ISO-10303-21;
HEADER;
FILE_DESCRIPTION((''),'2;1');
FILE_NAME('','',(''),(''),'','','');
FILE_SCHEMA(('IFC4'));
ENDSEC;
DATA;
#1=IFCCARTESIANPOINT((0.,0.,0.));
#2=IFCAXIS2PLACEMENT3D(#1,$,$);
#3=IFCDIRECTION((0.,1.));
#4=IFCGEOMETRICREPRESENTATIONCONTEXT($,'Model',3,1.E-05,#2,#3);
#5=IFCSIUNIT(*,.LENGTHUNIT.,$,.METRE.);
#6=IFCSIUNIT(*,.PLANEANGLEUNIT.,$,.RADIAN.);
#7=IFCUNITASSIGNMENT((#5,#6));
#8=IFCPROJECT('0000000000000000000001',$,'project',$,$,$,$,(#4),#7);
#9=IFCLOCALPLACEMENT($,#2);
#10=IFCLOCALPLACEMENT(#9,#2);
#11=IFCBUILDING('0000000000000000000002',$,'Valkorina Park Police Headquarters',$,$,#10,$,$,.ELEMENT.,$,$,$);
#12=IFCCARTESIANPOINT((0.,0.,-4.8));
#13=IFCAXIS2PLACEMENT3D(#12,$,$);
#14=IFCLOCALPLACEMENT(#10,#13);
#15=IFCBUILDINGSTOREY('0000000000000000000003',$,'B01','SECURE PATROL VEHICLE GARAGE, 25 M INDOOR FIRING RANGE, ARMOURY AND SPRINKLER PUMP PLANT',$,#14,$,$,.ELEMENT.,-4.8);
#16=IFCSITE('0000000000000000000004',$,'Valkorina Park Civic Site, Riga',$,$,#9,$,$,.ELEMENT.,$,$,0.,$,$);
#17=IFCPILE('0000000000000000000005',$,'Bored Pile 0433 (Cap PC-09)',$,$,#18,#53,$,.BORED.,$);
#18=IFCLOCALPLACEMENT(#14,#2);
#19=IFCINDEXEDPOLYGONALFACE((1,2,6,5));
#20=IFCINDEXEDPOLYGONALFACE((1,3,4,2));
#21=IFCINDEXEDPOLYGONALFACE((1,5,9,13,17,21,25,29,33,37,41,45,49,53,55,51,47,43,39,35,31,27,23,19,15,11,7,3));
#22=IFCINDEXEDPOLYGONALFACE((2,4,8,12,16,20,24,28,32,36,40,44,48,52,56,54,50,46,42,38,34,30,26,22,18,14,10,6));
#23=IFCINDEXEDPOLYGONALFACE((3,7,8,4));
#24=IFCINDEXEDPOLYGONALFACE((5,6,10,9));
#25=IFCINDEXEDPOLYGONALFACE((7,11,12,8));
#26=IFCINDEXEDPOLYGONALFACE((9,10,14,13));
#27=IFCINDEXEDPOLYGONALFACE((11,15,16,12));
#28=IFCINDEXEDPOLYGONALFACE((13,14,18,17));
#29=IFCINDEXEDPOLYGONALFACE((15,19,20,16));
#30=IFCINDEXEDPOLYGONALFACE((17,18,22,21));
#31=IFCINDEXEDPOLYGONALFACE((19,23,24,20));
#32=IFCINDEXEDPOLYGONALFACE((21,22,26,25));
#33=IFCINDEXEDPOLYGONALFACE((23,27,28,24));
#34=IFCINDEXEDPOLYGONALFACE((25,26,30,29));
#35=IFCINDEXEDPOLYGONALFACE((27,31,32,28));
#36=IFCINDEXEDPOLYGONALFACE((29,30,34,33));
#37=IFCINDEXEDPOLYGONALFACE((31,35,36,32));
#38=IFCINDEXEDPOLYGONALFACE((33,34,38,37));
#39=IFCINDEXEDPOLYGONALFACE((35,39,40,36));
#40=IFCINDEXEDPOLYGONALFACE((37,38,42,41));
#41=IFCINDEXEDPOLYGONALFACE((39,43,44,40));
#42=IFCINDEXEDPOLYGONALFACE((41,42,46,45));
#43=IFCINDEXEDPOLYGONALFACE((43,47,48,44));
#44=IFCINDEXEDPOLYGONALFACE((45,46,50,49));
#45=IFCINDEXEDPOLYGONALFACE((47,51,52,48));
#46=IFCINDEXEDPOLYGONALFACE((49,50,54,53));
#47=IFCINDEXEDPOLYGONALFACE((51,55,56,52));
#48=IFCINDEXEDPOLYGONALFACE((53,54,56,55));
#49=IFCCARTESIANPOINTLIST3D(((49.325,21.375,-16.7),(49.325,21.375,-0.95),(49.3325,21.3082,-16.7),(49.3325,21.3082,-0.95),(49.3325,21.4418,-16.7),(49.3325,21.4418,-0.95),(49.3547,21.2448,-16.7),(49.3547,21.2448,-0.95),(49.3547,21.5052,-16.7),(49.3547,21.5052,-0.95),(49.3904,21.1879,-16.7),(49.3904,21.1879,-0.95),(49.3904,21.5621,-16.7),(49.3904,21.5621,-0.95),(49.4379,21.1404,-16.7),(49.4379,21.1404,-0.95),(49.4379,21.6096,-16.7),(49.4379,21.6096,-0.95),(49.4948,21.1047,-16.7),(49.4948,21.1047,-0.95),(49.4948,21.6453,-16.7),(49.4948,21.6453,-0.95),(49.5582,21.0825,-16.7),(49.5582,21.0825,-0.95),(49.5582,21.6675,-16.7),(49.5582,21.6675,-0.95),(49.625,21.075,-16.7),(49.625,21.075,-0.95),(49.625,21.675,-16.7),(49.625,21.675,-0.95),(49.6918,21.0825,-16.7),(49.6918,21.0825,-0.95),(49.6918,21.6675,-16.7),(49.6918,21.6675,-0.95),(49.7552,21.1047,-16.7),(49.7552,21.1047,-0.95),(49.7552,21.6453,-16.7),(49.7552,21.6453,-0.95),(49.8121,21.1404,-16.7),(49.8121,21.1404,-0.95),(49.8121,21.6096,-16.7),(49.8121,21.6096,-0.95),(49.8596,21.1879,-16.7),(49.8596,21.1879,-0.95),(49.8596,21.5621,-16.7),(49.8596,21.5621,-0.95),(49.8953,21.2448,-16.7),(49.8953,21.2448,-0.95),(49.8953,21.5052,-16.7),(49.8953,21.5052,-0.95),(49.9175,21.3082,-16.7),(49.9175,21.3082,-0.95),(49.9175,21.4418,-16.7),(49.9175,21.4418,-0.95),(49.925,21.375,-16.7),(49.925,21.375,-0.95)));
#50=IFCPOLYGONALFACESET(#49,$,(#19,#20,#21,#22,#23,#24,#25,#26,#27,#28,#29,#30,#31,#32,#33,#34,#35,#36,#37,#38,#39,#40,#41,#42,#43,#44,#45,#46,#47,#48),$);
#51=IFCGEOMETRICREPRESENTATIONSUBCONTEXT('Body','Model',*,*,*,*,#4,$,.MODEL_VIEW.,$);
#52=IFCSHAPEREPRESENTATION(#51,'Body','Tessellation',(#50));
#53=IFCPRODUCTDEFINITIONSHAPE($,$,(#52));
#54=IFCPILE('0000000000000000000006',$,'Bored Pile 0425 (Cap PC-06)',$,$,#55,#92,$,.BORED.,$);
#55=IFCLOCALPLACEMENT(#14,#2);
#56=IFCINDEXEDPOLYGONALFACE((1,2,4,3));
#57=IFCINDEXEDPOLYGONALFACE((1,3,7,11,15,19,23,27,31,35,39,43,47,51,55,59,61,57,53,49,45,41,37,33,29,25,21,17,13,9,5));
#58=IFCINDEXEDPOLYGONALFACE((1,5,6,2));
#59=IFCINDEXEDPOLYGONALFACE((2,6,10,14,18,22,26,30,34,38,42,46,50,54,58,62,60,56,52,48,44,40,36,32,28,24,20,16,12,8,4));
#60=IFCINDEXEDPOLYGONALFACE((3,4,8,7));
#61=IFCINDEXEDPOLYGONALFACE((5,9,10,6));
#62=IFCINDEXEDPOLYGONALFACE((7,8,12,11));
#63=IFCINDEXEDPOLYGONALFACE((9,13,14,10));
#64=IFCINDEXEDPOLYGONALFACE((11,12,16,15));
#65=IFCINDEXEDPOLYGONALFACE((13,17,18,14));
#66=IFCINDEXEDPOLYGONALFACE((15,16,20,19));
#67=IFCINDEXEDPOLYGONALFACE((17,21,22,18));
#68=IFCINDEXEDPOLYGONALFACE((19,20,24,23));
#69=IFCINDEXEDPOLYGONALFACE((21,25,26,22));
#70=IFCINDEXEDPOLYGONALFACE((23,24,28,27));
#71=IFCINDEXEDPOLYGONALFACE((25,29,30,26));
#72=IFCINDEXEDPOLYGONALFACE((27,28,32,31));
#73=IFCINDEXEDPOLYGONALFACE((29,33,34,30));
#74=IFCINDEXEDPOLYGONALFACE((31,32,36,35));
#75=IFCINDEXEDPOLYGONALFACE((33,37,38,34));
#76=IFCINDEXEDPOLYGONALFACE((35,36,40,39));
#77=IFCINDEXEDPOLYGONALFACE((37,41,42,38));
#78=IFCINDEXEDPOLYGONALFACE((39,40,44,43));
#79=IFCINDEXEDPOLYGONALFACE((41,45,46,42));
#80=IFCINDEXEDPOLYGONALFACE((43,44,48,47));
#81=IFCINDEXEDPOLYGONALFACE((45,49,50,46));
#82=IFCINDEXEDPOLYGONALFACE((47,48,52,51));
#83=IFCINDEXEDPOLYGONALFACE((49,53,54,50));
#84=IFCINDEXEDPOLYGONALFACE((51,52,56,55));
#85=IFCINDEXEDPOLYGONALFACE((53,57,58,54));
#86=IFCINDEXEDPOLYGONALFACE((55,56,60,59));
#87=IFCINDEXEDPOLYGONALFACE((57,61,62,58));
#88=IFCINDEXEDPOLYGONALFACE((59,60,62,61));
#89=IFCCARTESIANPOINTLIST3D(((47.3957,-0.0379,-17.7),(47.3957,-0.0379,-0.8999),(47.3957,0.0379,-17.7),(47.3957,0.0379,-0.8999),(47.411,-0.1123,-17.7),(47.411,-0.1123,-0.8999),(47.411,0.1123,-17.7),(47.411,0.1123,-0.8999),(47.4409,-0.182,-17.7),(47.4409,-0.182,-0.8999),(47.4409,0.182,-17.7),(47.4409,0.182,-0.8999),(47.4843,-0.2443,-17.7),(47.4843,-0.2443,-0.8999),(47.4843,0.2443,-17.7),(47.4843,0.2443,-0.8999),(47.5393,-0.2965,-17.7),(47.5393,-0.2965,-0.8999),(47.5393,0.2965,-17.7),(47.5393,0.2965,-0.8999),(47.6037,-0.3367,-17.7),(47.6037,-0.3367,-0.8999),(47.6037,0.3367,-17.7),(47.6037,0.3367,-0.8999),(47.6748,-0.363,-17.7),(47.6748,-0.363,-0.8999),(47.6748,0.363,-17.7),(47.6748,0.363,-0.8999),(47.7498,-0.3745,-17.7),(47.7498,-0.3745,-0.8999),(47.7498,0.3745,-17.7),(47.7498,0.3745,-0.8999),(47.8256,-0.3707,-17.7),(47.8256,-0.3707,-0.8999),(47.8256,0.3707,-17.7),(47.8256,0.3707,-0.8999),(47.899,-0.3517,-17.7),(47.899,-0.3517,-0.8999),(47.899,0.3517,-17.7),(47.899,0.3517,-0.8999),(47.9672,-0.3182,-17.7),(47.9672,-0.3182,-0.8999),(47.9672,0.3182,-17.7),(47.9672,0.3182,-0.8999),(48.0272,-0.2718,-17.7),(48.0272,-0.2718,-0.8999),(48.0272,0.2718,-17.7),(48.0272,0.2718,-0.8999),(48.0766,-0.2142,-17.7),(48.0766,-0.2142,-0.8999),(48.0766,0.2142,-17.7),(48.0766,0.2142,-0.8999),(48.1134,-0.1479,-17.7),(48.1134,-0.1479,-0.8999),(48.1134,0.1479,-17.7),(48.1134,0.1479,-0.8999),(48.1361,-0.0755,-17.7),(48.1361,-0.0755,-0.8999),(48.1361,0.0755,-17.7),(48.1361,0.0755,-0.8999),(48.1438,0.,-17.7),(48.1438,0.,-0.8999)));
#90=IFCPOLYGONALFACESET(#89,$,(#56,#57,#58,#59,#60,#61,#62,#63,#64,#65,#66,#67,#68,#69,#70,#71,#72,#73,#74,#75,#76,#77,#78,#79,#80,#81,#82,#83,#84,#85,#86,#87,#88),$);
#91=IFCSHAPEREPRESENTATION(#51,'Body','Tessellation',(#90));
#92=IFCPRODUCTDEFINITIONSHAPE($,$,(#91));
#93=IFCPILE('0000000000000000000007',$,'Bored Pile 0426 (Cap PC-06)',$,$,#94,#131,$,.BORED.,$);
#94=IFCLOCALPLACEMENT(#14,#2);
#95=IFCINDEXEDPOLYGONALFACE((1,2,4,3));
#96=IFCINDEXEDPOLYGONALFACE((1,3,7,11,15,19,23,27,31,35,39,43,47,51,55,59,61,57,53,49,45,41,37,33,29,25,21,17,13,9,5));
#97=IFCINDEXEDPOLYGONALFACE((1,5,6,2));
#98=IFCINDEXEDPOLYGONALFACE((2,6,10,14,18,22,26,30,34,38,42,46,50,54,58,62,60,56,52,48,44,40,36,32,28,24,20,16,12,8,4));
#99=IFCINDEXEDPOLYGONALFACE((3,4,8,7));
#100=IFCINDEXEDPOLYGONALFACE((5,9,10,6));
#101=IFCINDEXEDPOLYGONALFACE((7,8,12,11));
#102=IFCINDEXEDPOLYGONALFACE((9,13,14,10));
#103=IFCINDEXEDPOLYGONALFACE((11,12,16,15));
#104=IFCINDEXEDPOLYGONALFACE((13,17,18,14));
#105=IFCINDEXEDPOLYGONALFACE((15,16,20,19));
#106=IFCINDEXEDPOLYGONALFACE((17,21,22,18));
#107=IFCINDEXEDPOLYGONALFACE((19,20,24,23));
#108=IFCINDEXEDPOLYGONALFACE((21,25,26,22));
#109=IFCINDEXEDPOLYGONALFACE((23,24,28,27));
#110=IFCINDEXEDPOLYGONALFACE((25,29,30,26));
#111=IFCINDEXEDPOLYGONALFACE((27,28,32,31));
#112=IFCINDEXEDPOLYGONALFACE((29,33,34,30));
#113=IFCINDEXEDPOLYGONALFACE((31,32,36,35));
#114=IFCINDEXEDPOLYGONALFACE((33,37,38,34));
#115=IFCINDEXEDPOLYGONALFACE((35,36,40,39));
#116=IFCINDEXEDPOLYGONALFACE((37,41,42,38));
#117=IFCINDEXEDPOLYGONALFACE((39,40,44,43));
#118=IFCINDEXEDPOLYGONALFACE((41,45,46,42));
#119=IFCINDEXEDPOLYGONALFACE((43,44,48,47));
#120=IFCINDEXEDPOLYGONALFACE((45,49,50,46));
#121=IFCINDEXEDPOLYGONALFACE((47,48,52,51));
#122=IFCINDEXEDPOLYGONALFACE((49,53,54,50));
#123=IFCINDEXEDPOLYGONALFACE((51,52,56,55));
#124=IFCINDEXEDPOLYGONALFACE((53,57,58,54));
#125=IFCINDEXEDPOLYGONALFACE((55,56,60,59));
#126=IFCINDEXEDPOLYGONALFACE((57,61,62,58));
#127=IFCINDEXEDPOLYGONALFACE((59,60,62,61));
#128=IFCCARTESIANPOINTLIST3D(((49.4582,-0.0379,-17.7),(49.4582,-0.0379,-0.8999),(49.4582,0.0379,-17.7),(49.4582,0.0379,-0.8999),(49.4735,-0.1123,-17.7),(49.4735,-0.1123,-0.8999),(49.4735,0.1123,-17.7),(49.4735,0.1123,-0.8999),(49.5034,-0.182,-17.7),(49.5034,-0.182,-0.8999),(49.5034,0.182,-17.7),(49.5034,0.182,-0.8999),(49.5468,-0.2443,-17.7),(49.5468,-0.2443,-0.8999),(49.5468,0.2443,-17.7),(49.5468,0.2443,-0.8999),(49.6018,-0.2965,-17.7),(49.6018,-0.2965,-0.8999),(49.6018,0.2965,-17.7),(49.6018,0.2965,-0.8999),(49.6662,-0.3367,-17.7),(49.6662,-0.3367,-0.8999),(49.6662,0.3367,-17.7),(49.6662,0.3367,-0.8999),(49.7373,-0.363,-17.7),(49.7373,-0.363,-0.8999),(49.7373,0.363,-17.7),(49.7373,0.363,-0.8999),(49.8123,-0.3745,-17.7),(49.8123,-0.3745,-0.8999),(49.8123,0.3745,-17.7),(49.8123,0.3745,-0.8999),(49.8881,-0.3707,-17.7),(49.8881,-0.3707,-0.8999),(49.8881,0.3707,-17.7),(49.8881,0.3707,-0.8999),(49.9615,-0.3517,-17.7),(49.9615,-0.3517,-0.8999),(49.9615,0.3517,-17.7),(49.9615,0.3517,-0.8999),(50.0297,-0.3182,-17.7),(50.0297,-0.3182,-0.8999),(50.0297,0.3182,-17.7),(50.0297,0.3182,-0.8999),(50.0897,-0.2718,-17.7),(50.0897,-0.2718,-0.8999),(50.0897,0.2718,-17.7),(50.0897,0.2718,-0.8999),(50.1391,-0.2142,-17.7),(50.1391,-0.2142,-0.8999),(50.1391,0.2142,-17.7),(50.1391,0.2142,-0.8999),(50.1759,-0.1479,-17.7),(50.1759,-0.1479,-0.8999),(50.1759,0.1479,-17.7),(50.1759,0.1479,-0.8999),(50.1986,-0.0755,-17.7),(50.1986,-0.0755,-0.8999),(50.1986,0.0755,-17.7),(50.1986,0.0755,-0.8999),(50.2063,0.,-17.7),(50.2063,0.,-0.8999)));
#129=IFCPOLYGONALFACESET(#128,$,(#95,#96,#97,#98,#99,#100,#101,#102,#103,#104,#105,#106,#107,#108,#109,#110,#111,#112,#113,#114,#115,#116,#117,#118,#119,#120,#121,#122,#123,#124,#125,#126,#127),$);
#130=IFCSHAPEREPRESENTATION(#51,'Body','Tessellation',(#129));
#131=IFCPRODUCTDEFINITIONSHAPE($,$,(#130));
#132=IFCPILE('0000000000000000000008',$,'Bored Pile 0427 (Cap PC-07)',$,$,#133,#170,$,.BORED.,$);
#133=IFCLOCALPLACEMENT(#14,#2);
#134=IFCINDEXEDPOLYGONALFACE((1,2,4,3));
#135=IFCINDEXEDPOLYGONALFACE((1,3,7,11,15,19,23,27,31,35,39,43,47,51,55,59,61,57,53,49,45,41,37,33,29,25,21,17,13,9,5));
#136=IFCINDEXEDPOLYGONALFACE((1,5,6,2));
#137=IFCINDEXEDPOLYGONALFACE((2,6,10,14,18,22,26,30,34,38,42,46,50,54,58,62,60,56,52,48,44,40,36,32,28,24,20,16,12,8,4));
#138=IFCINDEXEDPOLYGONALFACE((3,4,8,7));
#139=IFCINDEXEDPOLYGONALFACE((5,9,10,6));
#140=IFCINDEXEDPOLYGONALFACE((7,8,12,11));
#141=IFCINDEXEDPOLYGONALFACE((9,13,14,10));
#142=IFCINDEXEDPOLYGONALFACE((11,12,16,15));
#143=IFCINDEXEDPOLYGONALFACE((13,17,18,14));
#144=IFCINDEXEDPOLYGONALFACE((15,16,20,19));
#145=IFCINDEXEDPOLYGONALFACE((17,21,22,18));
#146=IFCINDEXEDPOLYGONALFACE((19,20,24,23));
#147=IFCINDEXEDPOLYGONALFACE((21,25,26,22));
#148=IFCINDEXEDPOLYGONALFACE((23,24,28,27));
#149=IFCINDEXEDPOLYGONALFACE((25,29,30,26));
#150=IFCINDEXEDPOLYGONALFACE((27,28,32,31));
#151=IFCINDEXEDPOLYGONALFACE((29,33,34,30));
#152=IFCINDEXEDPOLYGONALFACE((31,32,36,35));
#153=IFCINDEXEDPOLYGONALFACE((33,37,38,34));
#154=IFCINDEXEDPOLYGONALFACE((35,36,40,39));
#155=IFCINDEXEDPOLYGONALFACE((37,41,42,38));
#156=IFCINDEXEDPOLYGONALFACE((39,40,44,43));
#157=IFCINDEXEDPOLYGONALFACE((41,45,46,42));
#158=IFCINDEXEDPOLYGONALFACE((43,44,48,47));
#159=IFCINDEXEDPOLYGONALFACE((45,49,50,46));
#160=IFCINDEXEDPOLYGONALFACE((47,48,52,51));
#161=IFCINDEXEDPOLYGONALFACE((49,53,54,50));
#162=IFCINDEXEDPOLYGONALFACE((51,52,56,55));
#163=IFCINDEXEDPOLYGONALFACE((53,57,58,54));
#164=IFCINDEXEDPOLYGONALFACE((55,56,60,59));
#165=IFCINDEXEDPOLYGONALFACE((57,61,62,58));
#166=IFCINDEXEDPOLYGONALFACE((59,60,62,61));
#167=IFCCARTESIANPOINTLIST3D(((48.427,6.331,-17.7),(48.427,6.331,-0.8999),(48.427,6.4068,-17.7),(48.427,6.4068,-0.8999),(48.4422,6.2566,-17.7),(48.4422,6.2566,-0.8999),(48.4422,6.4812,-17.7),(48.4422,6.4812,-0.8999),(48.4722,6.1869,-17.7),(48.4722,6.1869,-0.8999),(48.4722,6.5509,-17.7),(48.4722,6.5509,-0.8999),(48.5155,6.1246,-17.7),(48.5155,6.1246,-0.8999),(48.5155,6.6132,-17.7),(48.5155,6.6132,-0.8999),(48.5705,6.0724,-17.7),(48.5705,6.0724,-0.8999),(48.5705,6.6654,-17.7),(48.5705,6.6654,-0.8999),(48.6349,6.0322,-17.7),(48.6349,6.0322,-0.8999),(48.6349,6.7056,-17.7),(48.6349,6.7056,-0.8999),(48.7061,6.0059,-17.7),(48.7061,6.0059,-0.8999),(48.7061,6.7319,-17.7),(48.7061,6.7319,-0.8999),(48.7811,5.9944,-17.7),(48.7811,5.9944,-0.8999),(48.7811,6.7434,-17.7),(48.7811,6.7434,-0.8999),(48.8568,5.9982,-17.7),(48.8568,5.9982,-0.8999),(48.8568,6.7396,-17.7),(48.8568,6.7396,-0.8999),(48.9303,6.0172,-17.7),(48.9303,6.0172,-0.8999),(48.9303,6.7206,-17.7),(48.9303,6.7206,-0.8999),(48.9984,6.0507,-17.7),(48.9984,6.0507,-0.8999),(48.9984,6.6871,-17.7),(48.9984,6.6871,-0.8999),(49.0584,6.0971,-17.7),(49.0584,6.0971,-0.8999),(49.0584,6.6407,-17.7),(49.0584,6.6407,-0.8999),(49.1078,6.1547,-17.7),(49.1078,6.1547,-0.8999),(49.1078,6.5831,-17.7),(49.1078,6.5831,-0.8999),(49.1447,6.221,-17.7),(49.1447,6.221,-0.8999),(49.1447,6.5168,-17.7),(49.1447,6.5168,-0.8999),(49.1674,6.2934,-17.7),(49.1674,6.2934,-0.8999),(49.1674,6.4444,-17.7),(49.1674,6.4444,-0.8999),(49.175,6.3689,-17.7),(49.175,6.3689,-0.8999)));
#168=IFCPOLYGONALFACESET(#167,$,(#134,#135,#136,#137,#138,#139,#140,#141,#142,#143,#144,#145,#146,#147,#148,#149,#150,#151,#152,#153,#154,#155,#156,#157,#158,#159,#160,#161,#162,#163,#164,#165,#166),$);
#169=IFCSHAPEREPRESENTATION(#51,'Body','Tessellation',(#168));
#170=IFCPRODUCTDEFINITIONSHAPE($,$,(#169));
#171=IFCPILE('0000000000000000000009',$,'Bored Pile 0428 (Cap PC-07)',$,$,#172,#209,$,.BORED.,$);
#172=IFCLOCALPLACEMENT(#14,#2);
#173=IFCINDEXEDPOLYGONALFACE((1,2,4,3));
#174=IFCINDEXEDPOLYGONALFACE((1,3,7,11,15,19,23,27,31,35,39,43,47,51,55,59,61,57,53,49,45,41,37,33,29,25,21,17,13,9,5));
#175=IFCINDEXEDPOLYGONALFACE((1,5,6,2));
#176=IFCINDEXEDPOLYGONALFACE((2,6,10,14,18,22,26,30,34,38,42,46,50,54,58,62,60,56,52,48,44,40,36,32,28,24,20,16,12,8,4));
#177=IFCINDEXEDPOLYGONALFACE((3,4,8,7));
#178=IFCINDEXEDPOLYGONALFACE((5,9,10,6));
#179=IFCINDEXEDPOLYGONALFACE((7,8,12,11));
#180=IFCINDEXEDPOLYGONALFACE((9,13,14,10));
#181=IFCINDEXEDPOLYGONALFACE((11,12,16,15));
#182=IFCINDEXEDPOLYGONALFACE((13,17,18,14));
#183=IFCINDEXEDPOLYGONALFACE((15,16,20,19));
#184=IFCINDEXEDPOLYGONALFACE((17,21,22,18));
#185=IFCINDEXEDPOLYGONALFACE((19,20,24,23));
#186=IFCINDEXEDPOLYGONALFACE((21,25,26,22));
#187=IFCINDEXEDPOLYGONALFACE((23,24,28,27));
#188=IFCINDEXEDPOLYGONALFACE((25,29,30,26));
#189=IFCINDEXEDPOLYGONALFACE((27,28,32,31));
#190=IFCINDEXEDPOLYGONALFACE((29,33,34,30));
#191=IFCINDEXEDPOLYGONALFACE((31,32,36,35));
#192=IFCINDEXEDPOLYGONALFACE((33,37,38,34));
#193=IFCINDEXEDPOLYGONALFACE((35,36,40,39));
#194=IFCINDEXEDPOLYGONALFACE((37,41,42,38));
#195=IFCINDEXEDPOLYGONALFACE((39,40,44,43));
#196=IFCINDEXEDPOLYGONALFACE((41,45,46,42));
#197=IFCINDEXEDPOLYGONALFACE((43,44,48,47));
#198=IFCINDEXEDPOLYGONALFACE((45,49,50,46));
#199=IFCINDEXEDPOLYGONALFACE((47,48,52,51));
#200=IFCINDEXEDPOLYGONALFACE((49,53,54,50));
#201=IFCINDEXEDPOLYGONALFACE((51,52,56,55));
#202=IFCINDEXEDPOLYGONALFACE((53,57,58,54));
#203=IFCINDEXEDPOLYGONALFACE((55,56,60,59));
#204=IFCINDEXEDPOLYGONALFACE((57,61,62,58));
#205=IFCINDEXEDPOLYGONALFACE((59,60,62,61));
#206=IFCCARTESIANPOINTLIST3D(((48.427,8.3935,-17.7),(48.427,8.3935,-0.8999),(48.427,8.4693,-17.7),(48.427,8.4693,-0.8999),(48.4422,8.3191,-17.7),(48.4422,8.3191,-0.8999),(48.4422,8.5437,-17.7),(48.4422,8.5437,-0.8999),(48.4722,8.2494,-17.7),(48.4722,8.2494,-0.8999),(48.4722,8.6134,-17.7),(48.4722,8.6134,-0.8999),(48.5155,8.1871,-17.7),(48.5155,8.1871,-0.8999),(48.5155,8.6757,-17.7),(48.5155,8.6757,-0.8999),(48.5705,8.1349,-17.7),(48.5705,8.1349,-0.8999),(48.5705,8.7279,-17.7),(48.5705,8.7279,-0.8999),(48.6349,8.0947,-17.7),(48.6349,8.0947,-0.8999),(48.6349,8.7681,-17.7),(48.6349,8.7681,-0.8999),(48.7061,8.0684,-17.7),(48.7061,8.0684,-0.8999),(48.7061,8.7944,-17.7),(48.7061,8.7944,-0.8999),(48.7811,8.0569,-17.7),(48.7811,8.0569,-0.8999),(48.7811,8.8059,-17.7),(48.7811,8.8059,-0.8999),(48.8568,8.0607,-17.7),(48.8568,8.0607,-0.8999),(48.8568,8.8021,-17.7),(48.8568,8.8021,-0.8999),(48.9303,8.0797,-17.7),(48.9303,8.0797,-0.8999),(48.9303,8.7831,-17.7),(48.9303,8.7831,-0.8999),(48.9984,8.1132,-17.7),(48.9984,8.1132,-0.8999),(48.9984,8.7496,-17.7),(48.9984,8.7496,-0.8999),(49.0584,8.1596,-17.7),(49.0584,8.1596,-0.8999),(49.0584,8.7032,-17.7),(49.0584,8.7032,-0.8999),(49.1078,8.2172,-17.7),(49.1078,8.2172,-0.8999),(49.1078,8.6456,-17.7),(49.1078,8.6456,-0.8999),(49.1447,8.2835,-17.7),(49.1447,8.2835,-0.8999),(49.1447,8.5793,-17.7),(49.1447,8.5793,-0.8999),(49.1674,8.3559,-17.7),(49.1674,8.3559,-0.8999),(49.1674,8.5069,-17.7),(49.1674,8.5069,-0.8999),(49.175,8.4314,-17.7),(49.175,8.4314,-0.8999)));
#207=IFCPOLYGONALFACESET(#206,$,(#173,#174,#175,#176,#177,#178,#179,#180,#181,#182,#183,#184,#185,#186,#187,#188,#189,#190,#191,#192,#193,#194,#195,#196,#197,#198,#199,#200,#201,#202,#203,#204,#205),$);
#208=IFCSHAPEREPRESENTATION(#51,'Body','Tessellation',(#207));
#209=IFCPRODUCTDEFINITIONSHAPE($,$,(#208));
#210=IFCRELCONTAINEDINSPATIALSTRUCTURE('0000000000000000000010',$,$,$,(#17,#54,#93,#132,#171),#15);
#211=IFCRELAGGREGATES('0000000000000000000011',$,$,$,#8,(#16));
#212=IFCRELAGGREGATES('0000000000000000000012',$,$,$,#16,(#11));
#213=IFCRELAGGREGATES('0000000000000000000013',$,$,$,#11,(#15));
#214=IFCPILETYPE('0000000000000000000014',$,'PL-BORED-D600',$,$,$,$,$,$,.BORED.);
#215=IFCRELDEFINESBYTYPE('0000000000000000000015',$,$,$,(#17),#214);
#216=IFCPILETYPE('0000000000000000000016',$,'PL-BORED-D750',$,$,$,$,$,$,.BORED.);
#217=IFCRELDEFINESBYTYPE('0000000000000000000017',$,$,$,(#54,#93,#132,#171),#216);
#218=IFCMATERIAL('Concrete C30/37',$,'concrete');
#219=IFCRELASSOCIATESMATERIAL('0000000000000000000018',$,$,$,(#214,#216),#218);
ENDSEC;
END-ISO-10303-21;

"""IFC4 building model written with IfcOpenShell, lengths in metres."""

from ifc_helpers import new_model, si_unit, direction, frame, origin, origin_2d, place, context, subcontext, project, spatial, circle, extrude, material, material_profile, profile_set, type_object, element, save


model = new_model("IFC4")

# Units and contexts
model_context = context("Model", 3, precision=1e-05, world=origin(), true_north=direction((0.0, 1.0)))
body_context = subcontext(model_context, "Body", "Model", "MODEL_VIEW")
ifc_project = project(units=[si_unit("LENGTHUNIT", "METRE"), si_unit("PLANEANGLEUNIT", "RADIAN")], contexts=[model_context])

# Site, building, storey
site_placement = place(None, origin())
site = spatial("IfcSite", under=ifc_project, at=site_placement, Name="Valkorina Park Civic Site, Riga", CompositionType="ELEMENT", RefElevation=0.0)
building_placement = place(site_placement, origin())
building = spatial("IfcBuilding", under=site, at=building_placement, Name="Valkorina Park Police Headquarters", CompositionType="ELEMENT")
storey_placement = place(building_placement, frame((0.0, 0.0, -4.8)))
storey = spatial("IfcBuildingStorey", under=building, at=storey_placement, Name="B01", Description="SECURE PATROL VEHICLE GARAGE, 25 M INDOOR FIRING RANGE, ARMOURY AND SPRINKLER PUMP PLANT", CompositionType="ELEMENT", Elevation=-4.8)

# Piles
ifc_material_1 = material(Name="Concrete C30/37", Category="concrete")
ifc_material_profile_1 = material_profile(ifc_material_1, circle(Radius=0.3, at=origin_2d()), Name="BORED PILE D600")
ifc_profile_set_1 = profile_set([ifc_material_profile_1], Name="Concrete C30/37")
pile_type_1 = type_object("IfcPileType", Name="PL-BORED-D600", PredefinedType="BORED", material=ifc_profile_set_1)
for number, where, z_axis, x_axis, name in (
    (1, (49.625, 21.375, -0.95), (0.0, 0.0, -1.0), (1.0, 0.0, 0.0), "Bored Pile 0433 (Cap PC-09)"),
):
    element("IfcPile", number, at=place(storey_placement, frame(where, z_axis=z_axis, x_axis=x_axis)), inside=storey, type_object=pile_type_1, Name=name, PredefinedType="BORED", context=body_context, shape_type="SweptSolid", body=[
        extrude(circle(Radius=0.3, at=origin_2d()), origin(), (0.0, 0.0, 1.0), 15.75),
    ])
ifc_material_profile_2 = material_profile(ifc_material_1, circle(Radius=0.375, at=origin_2d()), Name="BORED PILE D750")
ifc_profile_set_2 = profile_set([ifc_material_profile_2], Name="Concrete C30/37")
pile_type_2 = type_object("IfcPileType", Name="PL-BORED-D750", PredefinedType="BORED", material=ifc_profile_set_2)
for number, where, z_axis, x_axis, name in (
    (2, (47.7688, 0.0, -0.8999), (0.0, 0.0, -1.0), (1.0, 0.0, 0.0), "Bored Pile 0425 (Cap PC-06)"),
    (3, (49.8313, 0.0, -0.8999), (0.0, 0.0, -1.0), (1.0, 0.0, 0.0), "Bored Pile 0426 (Cap PC-06)"),
    (4, (48.8, 6.3689, -0.8999), (0.0, 0.0, -1.0), (1.0, 0.0, 0.0), "Bored Pile 0427 (Cap PC-07)"),
    (5, (48.8, 8.4314, -0.8999), (0.0, 0.0, -1.0), (1.0, 0.0, 0.0), "Bored Pile 0428 (Cap PC-07)"),
):
    element("IfcPile", number, at=place(storey_placement, frame(where, z_axis=z_axis, x_axis=x_axis)), inside=storey, type_object=pile_type_2, Name=name, PredefinedType="BORED", context=body_context, shape_type="SweptSolid", body=[
        extrude(circle(Radius=0.375, at=origin_2d()), origin(), (0.0, 0.0, 1.0), 16.8),
    ])

save(model, "model.ifc")
